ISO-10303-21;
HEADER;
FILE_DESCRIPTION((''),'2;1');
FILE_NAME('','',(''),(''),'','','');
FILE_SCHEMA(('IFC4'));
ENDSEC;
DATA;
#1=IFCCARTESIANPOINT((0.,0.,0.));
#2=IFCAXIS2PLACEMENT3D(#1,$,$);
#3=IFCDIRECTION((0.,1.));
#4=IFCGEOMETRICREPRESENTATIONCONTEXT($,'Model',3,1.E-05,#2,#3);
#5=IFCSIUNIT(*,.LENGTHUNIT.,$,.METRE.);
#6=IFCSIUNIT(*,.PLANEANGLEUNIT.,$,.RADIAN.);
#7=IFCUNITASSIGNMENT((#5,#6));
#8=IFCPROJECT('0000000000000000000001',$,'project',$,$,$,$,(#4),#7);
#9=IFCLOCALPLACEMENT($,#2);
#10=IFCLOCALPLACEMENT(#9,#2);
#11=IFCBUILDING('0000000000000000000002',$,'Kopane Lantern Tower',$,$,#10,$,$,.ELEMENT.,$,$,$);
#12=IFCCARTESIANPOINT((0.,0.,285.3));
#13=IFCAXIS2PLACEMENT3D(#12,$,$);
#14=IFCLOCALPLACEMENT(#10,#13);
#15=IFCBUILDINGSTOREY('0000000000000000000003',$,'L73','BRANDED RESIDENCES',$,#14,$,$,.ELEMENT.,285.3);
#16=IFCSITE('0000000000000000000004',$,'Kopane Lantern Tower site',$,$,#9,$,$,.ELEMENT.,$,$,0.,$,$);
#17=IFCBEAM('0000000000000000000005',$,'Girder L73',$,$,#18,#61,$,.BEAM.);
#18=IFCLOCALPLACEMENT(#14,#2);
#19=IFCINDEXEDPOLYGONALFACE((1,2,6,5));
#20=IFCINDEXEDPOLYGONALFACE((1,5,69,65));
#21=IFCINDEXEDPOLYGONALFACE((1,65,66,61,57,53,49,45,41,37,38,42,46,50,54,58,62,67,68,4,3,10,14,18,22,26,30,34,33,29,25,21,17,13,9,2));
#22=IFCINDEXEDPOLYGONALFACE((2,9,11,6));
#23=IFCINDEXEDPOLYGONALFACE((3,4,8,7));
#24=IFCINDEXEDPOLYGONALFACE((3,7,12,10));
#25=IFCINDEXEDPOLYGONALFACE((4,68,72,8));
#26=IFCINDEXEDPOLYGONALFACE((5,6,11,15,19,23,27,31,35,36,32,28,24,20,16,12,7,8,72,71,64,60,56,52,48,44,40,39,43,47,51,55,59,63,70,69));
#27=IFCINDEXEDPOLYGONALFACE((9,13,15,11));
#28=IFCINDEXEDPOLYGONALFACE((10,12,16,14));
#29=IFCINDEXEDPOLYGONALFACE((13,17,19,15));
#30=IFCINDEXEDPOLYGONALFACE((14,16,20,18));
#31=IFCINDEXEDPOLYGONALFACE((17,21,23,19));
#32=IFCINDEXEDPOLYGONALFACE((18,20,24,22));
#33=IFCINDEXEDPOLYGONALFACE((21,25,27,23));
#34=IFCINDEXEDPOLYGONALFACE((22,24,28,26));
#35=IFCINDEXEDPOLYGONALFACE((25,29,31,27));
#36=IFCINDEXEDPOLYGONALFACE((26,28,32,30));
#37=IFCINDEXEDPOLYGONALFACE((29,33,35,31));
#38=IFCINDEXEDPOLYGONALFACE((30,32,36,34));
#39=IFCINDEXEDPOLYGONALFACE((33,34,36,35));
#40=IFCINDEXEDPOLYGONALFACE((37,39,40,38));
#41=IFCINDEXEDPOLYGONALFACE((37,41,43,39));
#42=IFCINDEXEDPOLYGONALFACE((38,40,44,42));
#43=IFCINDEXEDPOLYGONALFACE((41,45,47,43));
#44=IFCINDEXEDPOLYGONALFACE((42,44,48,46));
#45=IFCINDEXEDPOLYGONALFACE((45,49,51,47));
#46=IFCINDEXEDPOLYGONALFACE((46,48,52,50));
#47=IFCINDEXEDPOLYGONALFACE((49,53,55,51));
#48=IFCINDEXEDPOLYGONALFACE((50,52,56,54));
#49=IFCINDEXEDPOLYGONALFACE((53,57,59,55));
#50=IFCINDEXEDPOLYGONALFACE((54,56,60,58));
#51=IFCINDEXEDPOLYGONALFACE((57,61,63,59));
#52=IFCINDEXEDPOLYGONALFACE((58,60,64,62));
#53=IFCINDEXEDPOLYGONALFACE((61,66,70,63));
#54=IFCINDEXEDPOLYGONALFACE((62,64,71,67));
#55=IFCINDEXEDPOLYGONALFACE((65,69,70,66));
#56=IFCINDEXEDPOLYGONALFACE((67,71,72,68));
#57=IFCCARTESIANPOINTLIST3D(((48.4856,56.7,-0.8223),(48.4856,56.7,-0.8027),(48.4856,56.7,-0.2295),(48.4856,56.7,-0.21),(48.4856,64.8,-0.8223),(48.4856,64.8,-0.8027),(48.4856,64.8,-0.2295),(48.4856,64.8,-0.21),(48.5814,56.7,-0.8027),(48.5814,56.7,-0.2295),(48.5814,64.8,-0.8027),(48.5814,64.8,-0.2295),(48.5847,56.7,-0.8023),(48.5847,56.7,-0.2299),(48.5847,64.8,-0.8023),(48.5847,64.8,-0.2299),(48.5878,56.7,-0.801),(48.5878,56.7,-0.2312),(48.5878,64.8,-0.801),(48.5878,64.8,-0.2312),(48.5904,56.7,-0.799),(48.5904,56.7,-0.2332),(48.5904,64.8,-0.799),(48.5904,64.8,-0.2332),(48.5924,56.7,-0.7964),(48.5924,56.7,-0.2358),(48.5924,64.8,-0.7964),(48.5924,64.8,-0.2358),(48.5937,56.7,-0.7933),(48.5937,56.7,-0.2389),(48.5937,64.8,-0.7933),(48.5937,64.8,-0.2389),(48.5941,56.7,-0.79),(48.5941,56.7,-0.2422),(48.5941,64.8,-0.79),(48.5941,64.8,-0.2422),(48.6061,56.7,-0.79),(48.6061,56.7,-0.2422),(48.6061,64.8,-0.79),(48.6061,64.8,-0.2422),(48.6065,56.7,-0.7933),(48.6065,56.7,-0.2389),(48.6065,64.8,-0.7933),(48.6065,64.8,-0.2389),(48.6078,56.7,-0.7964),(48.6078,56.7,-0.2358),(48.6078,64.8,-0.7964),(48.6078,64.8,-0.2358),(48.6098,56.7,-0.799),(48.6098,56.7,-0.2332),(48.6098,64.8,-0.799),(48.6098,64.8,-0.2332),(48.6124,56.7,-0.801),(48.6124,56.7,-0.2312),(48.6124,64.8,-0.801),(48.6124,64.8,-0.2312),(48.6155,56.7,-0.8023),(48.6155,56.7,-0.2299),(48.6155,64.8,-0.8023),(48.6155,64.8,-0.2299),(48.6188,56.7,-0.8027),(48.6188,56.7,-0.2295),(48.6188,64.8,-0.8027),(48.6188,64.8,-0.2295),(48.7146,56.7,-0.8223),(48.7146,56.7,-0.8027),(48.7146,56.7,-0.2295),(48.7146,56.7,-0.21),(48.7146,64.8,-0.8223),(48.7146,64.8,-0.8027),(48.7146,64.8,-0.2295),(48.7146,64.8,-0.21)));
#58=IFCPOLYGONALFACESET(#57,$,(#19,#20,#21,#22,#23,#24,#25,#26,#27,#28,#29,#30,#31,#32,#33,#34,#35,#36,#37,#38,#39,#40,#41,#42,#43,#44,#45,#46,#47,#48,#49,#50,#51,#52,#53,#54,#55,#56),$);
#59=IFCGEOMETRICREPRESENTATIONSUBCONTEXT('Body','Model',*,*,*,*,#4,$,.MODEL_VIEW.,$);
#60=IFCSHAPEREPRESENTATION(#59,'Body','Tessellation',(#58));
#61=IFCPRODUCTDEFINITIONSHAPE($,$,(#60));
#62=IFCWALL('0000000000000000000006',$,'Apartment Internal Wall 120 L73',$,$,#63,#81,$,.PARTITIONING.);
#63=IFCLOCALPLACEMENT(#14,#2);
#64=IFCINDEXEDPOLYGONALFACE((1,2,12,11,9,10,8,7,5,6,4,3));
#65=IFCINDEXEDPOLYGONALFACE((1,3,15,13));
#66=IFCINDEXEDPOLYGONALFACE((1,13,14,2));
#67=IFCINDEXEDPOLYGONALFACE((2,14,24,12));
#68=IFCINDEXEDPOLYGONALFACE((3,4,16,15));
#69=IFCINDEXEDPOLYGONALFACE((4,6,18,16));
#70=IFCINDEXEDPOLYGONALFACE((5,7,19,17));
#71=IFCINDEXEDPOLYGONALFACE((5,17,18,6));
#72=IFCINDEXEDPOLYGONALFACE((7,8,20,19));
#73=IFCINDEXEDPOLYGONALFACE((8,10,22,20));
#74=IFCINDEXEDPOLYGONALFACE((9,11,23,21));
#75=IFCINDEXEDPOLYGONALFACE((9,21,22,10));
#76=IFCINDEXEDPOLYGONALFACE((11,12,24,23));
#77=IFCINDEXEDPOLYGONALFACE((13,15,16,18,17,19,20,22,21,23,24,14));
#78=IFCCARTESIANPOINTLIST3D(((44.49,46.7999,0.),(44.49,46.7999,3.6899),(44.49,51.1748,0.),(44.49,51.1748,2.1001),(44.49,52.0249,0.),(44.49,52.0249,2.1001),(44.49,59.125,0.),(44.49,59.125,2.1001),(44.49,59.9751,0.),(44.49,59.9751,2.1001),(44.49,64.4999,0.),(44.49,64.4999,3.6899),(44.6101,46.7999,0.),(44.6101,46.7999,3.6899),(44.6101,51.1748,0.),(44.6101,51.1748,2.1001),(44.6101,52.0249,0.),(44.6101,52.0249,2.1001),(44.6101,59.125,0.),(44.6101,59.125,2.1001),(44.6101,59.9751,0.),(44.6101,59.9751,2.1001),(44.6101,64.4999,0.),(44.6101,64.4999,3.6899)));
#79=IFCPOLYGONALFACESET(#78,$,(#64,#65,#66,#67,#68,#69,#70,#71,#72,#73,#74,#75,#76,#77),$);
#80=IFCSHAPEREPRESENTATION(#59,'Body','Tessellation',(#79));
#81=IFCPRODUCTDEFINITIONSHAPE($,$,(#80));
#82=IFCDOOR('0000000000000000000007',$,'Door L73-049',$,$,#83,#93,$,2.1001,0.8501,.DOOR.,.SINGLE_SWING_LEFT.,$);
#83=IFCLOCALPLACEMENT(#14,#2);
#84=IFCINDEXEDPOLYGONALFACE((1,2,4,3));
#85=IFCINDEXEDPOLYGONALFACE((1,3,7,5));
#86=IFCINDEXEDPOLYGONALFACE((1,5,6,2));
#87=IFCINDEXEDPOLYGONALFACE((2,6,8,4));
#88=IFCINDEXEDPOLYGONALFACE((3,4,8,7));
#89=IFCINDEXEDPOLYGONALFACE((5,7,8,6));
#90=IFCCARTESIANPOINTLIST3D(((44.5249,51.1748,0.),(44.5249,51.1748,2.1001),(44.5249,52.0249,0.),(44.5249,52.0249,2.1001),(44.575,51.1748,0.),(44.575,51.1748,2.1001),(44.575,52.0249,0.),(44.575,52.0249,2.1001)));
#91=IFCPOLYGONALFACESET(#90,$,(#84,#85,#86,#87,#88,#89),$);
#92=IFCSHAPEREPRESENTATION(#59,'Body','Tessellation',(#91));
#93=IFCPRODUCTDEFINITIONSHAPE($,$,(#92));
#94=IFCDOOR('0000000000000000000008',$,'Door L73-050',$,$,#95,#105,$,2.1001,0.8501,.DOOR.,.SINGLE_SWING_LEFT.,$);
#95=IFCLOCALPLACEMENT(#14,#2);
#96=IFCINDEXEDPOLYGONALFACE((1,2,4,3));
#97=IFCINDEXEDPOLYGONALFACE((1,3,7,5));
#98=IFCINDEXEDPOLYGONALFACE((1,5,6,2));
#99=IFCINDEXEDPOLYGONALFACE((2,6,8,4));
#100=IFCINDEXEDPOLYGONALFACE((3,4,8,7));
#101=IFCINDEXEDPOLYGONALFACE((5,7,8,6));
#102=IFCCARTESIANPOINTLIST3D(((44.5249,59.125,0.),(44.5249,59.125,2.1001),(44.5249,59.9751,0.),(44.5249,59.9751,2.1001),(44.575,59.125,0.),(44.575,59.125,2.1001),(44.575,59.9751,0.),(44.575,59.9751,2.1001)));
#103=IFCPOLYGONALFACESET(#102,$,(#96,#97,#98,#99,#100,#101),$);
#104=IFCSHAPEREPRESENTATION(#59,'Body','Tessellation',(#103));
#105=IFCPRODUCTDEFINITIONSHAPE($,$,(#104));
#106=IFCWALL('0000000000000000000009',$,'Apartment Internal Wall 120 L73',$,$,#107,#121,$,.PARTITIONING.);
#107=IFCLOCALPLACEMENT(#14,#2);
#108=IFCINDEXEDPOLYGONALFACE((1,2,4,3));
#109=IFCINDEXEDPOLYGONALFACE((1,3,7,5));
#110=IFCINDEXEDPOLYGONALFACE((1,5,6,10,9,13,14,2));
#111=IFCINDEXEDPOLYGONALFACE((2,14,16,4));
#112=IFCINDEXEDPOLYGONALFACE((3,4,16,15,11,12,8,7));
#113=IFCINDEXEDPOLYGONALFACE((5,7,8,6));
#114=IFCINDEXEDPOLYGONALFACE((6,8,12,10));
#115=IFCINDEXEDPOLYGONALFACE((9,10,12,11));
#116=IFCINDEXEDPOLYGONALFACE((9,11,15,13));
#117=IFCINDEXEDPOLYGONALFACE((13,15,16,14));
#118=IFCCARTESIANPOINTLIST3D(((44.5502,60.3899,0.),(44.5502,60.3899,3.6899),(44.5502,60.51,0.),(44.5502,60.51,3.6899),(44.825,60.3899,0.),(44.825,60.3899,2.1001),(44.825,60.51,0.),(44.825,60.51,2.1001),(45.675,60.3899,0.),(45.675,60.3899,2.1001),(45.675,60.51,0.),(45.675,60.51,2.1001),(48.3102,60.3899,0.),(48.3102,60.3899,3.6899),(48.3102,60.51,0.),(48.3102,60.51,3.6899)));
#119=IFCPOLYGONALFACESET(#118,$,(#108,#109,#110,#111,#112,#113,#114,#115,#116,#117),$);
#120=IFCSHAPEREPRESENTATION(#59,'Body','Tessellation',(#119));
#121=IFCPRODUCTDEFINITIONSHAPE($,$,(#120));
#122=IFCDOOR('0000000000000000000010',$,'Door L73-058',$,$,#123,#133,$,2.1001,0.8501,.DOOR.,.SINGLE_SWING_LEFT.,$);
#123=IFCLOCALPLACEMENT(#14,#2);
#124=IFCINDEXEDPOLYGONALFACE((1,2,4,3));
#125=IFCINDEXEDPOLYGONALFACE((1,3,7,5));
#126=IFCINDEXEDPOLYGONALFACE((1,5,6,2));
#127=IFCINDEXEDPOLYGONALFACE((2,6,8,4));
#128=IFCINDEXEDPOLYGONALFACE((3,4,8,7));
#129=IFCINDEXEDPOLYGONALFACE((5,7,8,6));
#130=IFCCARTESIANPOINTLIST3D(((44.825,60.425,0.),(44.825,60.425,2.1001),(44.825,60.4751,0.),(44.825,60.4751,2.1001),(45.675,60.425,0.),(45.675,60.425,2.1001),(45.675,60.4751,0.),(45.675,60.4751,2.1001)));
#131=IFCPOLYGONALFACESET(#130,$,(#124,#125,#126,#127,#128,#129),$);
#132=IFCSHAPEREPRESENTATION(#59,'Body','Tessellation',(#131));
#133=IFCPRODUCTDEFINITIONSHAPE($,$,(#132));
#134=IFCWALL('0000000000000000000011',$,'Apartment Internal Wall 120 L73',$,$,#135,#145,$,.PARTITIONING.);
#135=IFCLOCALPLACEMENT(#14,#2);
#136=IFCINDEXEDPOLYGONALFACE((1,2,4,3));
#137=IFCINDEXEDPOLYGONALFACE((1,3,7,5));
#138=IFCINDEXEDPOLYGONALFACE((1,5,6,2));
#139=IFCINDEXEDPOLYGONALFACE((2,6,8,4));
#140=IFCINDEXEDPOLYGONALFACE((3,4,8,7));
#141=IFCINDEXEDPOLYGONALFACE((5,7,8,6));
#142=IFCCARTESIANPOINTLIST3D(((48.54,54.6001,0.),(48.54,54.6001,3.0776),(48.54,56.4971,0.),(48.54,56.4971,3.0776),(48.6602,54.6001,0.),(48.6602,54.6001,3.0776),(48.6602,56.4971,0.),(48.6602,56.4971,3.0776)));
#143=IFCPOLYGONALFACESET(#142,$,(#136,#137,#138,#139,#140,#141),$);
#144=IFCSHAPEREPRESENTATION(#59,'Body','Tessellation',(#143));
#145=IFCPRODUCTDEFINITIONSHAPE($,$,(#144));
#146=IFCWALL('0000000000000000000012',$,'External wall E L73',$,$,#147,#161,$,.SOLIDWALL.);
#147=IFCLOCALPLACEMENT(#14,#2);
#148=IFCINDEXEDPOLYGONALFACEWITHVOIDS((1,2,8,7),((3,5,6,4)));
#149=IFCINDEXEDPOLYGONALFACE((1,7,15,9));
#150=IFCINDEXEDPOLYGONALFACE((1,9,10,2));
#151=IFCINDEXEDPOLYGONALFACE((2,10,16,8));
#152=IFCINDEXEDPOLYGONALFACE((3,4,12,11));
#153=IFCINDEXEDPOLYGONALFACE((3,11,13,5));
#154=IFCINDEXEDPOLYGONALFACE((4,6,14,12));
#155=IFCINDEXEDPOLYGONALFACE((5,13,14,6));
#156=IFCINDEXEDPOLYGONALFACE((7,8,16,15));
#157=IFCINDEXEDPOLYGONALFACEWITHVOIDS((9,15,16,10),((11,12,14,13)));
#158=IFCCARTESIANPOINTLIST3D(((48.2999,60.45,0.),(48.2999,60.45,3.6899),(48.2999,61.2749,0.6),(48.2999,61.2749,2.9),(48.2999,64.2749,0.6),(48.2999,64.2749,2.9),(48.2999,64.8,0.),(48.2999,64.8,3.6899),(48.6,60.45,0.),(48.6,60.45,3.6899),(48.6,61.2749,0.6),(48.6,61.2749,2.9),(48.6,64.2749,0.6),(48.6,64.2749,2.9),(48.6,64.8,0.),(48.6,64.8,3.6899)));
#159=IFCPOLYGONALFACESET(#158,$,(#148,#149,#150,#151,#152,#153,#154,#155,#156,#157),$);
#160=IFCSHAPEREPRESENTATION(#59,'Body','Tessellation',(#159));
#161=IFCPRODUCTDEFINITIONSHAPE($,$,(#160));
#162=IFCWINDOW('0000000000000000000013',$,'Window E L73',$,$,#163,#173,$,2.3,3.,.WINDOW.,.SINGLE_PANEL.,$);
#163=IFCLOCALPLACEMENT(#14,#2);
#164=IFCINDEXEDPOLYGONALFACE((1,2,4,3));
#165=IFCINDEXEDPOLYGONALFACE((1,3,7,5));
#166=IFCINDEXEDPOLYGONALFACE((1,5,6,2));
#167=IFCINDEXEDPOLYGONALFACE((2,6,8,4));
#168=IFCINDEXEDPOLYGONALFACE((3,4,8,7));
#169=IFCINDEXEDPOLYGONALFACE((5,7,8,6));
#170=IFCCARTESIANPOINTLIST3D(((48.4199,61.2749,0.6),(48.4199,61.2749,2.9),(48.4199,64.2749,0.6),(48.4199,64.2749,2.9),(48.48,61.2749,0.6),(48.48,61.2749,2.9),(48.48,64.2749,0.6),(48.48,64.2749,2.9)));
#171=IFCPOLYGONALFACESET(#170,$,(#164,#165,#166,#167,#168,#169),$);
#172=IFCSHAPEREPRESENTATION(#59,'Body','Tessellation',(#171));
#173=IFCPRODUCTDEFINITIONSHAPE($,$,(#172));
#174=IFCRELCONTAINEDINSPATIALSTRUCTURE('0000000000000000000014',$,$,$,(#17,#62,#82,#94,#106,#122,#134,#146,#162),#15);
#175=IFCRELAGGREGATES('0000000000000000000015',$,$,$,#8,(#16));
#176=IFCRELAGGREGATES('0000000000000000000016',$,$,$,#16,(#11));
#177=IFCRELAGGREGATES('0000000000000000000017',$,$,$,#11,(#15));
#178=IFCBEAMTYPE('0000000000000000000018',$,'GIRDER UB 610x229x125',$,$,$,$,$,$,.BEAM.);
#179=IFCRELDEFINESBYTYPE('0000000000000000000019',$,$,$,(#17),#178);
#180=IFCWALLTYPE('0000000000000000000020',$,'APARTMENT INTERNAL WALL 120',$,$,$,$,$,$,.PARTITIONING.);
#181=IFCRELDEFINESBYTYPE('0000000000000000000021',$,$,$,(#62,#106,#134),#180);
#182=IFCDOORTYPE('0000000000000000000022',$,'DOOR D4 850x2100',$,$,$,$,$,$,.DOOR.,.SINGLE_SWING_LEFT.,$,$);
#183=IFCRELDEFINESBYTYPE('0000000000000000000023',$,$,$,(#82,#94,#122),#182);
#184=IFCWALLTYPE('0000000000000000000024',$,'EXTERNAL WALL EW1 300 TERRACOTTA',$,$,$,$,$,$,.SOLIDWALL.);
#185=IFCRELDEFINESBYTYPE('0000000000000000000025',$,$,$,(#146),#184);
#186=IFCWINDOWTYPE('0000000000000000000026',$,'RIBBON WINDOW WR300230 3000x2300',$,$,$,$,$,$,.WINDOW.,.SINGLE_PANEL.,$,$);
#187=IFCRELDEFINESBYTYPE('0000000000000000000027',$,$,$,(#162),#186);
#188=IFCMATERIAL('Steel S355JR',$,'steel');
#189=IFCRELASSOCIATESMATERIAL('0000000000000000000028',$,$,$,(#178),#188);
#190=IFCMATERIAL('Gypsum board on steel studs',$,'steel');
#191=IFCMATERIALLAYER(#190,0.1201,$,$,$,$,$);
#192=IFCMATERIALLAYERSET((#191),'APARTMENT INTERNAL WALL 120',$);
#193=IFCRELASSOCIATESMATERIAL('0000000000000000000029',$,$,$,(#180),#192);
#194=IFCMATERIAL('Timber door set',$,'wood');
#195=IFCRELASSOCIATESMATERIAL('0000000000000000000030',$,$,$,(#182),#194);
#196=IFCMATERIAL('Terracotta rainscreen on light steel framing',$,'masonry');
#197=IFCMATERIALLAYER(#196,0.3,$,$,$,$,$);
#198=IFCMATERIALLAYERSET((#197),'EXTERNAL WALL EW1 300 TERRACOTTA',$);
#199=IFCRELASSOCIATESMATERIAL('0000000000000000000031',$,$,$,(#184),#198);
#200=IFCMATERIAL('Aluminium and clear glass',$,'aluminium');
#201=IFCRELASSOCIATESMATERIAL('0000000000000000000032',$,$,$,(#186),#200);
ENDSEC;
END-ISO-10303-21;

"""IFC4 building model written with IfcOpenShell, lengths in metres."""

from ifc_helpers import new_model, si_unit, direction, frame, frame_2d, origin, origin_2d, place, context, subcontext, project, spatial, rectangle, i_section, extrude, material, layer, layer_set, material_profile, profile_set, type_object, element, fill, save


model = new_model("IFC4")

# Units and contexts
model_context = context("Model", 3, precision=1e-05, world=origin(), true_north=direction((0.0, 1.0)))
body_context = subcontext(model_context, "Body", "Model", "MODEL_VIEW")
ifc_project = project(units=[si_unit("LENGTHUNIT", "METRE"), si_unit("PLANEANGLEUNIT", "RADIAN")], contexts=[model_context])

# Site, building, storey
site_placement = place(None, origin())
site = spatial("IfcSite", under=ifc_project, at=site_placement, Name="Kopane Lantern Tower site", CompositionType="ELEMENT", RefElevation=0.0)
building_placement = place(site_placement, origin())
building = spatial("IfcBuilding", under=site, at=building_placement, Name="Kopane Lantern Tower", CompositionType="ELEMENT")
storey_placement = place(building_placement, frame((0.0, 0.0, 285.3)))
storey = spatial("IfcBuildingStorey", under=building, at=storey_placement, Name="L73", Description="BRANDED RESIDENCES", CompositionType="ELEMENT", Elevation=285.3)

# Beam
ifc_material_1 = material(Name="Steel S355JR", Category="steel")
ifc_material_profile_1 = material_profile(ifc_material_1, i_section(OverallWidth=0.229, OverallDepth=0.6123, WebThickness=0.012, FlangeThickness=0.0195, FilletRadius=0.0127, at=origin_2d()), Name="UB 610x229x125")
ifc_profile_set_1 = profile_set([ifc_material_profile_1], Name="Steel S355JR")
beam_type = type_object("IfcBeamType", Name="GIRDER UB 610x229x125", PredefinedType="BEAM", material=ifc_profile_set_1)
for number, where, z_axis, x_axis, name in (
    (1, (48.6001, 56.7, -0.5161), (0.0, 1.0, 0.0), (-1.0, 0.0, 0.0), "Girder L73"),
):
    element("IfcBeam", number, at=place(storey_placement, frame(where, z_axis=z_axis, x_axis=x_axis)), inside=storey, type_object=beam_type, Name=name, PredefinedType="BEAM", context=body_context, shape_type="SweptSolid", body=[
        extrude(i_section(OverallWidth=0.229, OverallDepth=0.6123, WebThickness=0.012, FlangeThickness=0.0195, FilletRadius=0.0127, at=origin_2d()), origin(), (0.0, 0.0, 1.0), 8.1001),
    ])

# Wall, openings, doors
ifc_material_2 = material(Name="Gypsum board on steel studs", Category="steel")
ifc_layer_1 = layer(ifc_material_2, 0.1201)
ifc_layer_set_1 = layer_set([ifc_layer_1], Name="APARTMENT INTERNAL WALL 120")
wall_type_1 = type_object("IfcWallType", Name="APARTMENT INTERNAL WALL 120", PredefinedType="PARTITIONING", material=ifc_layer_set_1)
wall_1_placement = place(storey_placement, frame((44.55, 64.5, 0.0), z_axis=(0.0, 0.0, 1.0), x_axis=(0.0, -1.0, 0.0)))
wall_1 = element("IfcWall", 2, at=wall_1_placement, inside=storey, type_object=wall_type_1, Name="Apartment Internal Wall 120 L73", PredefinedType="PARTITIONING", context=body_context, shape_type="SweptSolid", body=[
    extrude(rectangle(XDim=17.7, YDim=0.1201, at=frame_2d((8.8501, 0.0))), origin(), (0.0, 0.0, 1.0), 3.6899),
])
opening_1_placement = place(wall_1_placement, frame((12.4751, 0.0, 0.0)))
opening_1 = element("IfcOpeningElement", 3, at=opening_1_placement, cuts=wall_1, PredefinedType="OPENING", context=body_context, shape_type="SweptSolid", body=[
    extrude(rectangle(XDim=0.8501, YDim=2.1001, at=frame_2d((0.425, 1.05))), frame((0.0, 0.0701, 0.0), z_axis=(0.0, -1.0, 0.0), x_axis=(1.0, 0.0, 0.0)), (0.0, 0.0, 1.0), 0.1401),
])
opening_2_placement = place(wall_1_placement, frame((4.5249, 0.0, 0.0)))
opening_2 = element("IfcOpeningElement", 4, at=opening_2_placement, cuts=wall_1, PredefinedType="OPENING", context=body_context, shape_type="SweptSolid", body=[
    extrude(rectangle(XDim=0.8501, YDim=2.1001, at=frame_2d((0.425, 1.05))), frame((0.0, 0.0701, 0.0), z_axis=(0.0, -1.0, 0.0), x_axis=(1.0, 0.0, 0.0)), (0.0, 0.0, 1.0), 0.1401),
])
ifc_material_3 = material(Name="Timber door set", Category="wood")
door_type = type_object("IfcDoorType", Name="DOOR D4 850x2100", OperationType="SINGLE_SWING_LEFT", PredefinedType="DOOR", material=ifc_material_3)
door_1_placement = place(opening_1_placement, origin())
door_1 = element("IfcDoor", 5, at=door_1_placement, inside=storey, type_object=door_type, Name="Door L73-049", OperationType="SINGLE_SWING_LEFT", OverallHeight=2.1001, OverallWidth=0.8501, PredefinedType="DOOR", context=body_context, shape_type="SweptSolid", body=[
    extrude(rectangle(XDim=0.8501, YDim=2.1001, at=frame_2d((0.425, 1.05))), frame((0.0, 0.0249, 0.0), z_axis=(0.0, -1.0, 0.0), x_axis=(1.0, 0.0, 0.0)), (0.0, 0.0, 1.0), 0.05),
])
fill(opening_1, door_1)
door_2_placement = place(opening_2_placement, origin())
door_2 = element("IfcDoor", 6, at=door_2_placement, inside=storey, type_object=door_type, Name="Door L73-050", OperationType="SINGLE_SWING_LEFT", OverallHeight=2.1001, OverallWidth=0.8501, PredefinedType="DOOR", context=body_context, shape_type="SweptSolid", body=[
    extrude(rectangle(XDim=0.8501, YDim=2.1001, at=frame_2d((0.425, 1.05))), frame((0.0, 0.0249, 0.0), z_axis=(0.0, -1.0, 0.0), x_axis=(1.0, 0.0, 0.0)), (0.0, 0.0, 1.0), 0.05),
])
fill(opening_2, door_2)

# Wall, opening, door
wall_2_placement = place(storey_placement, frame((48.3101, 60.45, 0.0), z_axis=(0.0, 0.0, 1.0), x_axis=(-1.0, 0.0, 0.0)))
wall_2 = element("IfcWall", 7, at=wall_2_placement, inside=storey, type_object=wall_type_1, Name="Apartment Internal Wall 120 L73", PredefinedType="PARTITIONING", context=body_context, shape_type="SweptSolid", body=[
    extrude(rectangle(XDim=3.76, YDim=0.1201, at=frame_2d((1.8799, 0.0))), origin(), (0.0, 0.0, 1.0), 3.6899),
])
opening_3_placement = place(wall_2_placement, frame((2.635, 0.0, 0.0)))
opening_3 = element("IfcOpeningElement", 8, at=opening_3_placement, cuts=wall_2, PredefinedType="OPENING", context=body_context, shape_type="SweptSolid", body=[
    extrude(rectangle(XDim=0.8501, YDim=2.1001, at=frame_2d((0.425, 1.05))), frame((0.0, 0.0701, 0.0), z_axis=(0.0, -1.0, 0.0), x_axis=(1.0, 0.0, 0.0)), (0.0, 0.0, 1.0), 0.1401),
])
door_3_placement = place(opening_3_placement, origin())
door_3 = element("IfcDoor", 9, at=door_3_placement, inside=storey, type_object=door_type, Name="Door L73-058", OperationType="SINGLE_SWING_LEFT", OverallHeight=2.1001, OverallWidth=0.8501, PredefinedType="DOOR", context=body_context, shape_type="SweptSolid", body=[
    extrude(rectangle(XDim=0.8501, YDim=2.1001, at=frame_2d((0.425, 1.05))), frame((0.0, 0.0249, 0.0), z_axis=(0.0, -1.0, 0.0), x_axis=(1.0, 0.0, 0.0)), (0.0, 0.0, 1.0), 0.05),
])
fill(opening_3, door_3)

# Wall
wall_3_placement = place(storey_placement, frame((48.6001, 54.6001, 0.0), z_axis=(0.0, 0.0, 1.0), x_axis=(0.0, 1.0, 0.0)))
element("IfcWall", 10, at=wall_3_placement, inside=storey, type_object=wall_type_1, Name="Apartment Internal Wall 120 L73", PredefinedType="PARTITIONING", context=body_context, shape_type="SweptSolid", body=[
    extrude(rectangle(XDim=1.897, YDim=0.1201, at=frame_2d((0.9485, 0.0))), origin(), (0.0, 0.0, 1.0), 3.0776),
])

# Wall, opening, window
ifc_material_4 = material(Name="Terracotta rainscreen on light steel framing", Category="masonry")
ifc_layer_2 = layer(ifc_material_4, 0.3)
ifc_layer_set_2 = layer_set([ifc_layer_2], Name="EXTERNAL WALL EW1 300 TERRACOTTA")
wall_type_2 = type_object("IfcWallType", Name="EXTERNAL WALL EW1 300 TERRACOTTA", PredefinedType="SOLIDWALL", material=ifc_layer_set_2)
wall_4_placement = place(storey_placement, frame((48.45, 60.45, 0.0), z_axis=(0.0, 0.0, 1.0), x_axis=(0.0, 1.0, 0.0)))
wall_4 = element("IfcWall", 11, at=wall_4_placement, inside=storey, type_object=wall_type_2, Name="External wall E L73", PredefinedType="SOLIDWALL", context=body_context, shape_type="SweptSolid", body=[
    extrude(rectangle(XDim=4.3501, YDim=0.3, at=frame_2d((2.175, 0.0))), origin(), (0.0, 0.0, 1.0), 3.6899),
])
opening_4_placement = place(wall_4_placement, frame((0.825, 0.0, 0.6001)))
opening_4 = element("IfcOpeningElement", 12, at=opening_4_placement, cuts=wall_4, PredefinedType="OPENING", context=body_context, shape_type="SweptSolid", body=[
    extrude(rectangle(XDim=3.0, YDim=2.3, at=frame_2d((1.5, 1.1499))), frame((0.0, 0.1599, 0.0), z_axis=(0.0, -1.0, 0.0), x_axis=(1.0, 0.0, 0.0)), (0.0, 0.0, 1.0), 0.3201),
])
ifc_material_5 = material(Name="Aluminium and clear glass", Category="aluminium")
window_type_1 = type_object("IfcWindowType", Name="RIBBON WINDOW WR300230 3000x2300", PartitioningType="SINGLE_PANEL", PredefinedType="WINDOW", material=ifc_material_5)
window_1_placement = place(opening_4_placement, origin())
window_1 = element("IfcWindow", 13, at=window_1_placement, inside=storey, type_object=window_type_1, Name="Window E L73", OverallHeight=2.3, OverallWidth=3.0, PartitioningType="SINGLE_PANEL", PredefinedType="WINDOW", context=body_context, shape_type="SweptSolid", body=[
    extrude(rectangle(XDim=3.0, YDim=2.3, at=frame_2d((1.5, 1.1499))), frame((0.0, 0.03, 0.0), z_axis=(0.0, -1.0, 0.0), x_axis=(1.0, 0.0, 0.0)), (0.0, 0.0, 1.0), 0.0601),
])
fill(opening_4, window_1)

save(model, "model.ifc")
